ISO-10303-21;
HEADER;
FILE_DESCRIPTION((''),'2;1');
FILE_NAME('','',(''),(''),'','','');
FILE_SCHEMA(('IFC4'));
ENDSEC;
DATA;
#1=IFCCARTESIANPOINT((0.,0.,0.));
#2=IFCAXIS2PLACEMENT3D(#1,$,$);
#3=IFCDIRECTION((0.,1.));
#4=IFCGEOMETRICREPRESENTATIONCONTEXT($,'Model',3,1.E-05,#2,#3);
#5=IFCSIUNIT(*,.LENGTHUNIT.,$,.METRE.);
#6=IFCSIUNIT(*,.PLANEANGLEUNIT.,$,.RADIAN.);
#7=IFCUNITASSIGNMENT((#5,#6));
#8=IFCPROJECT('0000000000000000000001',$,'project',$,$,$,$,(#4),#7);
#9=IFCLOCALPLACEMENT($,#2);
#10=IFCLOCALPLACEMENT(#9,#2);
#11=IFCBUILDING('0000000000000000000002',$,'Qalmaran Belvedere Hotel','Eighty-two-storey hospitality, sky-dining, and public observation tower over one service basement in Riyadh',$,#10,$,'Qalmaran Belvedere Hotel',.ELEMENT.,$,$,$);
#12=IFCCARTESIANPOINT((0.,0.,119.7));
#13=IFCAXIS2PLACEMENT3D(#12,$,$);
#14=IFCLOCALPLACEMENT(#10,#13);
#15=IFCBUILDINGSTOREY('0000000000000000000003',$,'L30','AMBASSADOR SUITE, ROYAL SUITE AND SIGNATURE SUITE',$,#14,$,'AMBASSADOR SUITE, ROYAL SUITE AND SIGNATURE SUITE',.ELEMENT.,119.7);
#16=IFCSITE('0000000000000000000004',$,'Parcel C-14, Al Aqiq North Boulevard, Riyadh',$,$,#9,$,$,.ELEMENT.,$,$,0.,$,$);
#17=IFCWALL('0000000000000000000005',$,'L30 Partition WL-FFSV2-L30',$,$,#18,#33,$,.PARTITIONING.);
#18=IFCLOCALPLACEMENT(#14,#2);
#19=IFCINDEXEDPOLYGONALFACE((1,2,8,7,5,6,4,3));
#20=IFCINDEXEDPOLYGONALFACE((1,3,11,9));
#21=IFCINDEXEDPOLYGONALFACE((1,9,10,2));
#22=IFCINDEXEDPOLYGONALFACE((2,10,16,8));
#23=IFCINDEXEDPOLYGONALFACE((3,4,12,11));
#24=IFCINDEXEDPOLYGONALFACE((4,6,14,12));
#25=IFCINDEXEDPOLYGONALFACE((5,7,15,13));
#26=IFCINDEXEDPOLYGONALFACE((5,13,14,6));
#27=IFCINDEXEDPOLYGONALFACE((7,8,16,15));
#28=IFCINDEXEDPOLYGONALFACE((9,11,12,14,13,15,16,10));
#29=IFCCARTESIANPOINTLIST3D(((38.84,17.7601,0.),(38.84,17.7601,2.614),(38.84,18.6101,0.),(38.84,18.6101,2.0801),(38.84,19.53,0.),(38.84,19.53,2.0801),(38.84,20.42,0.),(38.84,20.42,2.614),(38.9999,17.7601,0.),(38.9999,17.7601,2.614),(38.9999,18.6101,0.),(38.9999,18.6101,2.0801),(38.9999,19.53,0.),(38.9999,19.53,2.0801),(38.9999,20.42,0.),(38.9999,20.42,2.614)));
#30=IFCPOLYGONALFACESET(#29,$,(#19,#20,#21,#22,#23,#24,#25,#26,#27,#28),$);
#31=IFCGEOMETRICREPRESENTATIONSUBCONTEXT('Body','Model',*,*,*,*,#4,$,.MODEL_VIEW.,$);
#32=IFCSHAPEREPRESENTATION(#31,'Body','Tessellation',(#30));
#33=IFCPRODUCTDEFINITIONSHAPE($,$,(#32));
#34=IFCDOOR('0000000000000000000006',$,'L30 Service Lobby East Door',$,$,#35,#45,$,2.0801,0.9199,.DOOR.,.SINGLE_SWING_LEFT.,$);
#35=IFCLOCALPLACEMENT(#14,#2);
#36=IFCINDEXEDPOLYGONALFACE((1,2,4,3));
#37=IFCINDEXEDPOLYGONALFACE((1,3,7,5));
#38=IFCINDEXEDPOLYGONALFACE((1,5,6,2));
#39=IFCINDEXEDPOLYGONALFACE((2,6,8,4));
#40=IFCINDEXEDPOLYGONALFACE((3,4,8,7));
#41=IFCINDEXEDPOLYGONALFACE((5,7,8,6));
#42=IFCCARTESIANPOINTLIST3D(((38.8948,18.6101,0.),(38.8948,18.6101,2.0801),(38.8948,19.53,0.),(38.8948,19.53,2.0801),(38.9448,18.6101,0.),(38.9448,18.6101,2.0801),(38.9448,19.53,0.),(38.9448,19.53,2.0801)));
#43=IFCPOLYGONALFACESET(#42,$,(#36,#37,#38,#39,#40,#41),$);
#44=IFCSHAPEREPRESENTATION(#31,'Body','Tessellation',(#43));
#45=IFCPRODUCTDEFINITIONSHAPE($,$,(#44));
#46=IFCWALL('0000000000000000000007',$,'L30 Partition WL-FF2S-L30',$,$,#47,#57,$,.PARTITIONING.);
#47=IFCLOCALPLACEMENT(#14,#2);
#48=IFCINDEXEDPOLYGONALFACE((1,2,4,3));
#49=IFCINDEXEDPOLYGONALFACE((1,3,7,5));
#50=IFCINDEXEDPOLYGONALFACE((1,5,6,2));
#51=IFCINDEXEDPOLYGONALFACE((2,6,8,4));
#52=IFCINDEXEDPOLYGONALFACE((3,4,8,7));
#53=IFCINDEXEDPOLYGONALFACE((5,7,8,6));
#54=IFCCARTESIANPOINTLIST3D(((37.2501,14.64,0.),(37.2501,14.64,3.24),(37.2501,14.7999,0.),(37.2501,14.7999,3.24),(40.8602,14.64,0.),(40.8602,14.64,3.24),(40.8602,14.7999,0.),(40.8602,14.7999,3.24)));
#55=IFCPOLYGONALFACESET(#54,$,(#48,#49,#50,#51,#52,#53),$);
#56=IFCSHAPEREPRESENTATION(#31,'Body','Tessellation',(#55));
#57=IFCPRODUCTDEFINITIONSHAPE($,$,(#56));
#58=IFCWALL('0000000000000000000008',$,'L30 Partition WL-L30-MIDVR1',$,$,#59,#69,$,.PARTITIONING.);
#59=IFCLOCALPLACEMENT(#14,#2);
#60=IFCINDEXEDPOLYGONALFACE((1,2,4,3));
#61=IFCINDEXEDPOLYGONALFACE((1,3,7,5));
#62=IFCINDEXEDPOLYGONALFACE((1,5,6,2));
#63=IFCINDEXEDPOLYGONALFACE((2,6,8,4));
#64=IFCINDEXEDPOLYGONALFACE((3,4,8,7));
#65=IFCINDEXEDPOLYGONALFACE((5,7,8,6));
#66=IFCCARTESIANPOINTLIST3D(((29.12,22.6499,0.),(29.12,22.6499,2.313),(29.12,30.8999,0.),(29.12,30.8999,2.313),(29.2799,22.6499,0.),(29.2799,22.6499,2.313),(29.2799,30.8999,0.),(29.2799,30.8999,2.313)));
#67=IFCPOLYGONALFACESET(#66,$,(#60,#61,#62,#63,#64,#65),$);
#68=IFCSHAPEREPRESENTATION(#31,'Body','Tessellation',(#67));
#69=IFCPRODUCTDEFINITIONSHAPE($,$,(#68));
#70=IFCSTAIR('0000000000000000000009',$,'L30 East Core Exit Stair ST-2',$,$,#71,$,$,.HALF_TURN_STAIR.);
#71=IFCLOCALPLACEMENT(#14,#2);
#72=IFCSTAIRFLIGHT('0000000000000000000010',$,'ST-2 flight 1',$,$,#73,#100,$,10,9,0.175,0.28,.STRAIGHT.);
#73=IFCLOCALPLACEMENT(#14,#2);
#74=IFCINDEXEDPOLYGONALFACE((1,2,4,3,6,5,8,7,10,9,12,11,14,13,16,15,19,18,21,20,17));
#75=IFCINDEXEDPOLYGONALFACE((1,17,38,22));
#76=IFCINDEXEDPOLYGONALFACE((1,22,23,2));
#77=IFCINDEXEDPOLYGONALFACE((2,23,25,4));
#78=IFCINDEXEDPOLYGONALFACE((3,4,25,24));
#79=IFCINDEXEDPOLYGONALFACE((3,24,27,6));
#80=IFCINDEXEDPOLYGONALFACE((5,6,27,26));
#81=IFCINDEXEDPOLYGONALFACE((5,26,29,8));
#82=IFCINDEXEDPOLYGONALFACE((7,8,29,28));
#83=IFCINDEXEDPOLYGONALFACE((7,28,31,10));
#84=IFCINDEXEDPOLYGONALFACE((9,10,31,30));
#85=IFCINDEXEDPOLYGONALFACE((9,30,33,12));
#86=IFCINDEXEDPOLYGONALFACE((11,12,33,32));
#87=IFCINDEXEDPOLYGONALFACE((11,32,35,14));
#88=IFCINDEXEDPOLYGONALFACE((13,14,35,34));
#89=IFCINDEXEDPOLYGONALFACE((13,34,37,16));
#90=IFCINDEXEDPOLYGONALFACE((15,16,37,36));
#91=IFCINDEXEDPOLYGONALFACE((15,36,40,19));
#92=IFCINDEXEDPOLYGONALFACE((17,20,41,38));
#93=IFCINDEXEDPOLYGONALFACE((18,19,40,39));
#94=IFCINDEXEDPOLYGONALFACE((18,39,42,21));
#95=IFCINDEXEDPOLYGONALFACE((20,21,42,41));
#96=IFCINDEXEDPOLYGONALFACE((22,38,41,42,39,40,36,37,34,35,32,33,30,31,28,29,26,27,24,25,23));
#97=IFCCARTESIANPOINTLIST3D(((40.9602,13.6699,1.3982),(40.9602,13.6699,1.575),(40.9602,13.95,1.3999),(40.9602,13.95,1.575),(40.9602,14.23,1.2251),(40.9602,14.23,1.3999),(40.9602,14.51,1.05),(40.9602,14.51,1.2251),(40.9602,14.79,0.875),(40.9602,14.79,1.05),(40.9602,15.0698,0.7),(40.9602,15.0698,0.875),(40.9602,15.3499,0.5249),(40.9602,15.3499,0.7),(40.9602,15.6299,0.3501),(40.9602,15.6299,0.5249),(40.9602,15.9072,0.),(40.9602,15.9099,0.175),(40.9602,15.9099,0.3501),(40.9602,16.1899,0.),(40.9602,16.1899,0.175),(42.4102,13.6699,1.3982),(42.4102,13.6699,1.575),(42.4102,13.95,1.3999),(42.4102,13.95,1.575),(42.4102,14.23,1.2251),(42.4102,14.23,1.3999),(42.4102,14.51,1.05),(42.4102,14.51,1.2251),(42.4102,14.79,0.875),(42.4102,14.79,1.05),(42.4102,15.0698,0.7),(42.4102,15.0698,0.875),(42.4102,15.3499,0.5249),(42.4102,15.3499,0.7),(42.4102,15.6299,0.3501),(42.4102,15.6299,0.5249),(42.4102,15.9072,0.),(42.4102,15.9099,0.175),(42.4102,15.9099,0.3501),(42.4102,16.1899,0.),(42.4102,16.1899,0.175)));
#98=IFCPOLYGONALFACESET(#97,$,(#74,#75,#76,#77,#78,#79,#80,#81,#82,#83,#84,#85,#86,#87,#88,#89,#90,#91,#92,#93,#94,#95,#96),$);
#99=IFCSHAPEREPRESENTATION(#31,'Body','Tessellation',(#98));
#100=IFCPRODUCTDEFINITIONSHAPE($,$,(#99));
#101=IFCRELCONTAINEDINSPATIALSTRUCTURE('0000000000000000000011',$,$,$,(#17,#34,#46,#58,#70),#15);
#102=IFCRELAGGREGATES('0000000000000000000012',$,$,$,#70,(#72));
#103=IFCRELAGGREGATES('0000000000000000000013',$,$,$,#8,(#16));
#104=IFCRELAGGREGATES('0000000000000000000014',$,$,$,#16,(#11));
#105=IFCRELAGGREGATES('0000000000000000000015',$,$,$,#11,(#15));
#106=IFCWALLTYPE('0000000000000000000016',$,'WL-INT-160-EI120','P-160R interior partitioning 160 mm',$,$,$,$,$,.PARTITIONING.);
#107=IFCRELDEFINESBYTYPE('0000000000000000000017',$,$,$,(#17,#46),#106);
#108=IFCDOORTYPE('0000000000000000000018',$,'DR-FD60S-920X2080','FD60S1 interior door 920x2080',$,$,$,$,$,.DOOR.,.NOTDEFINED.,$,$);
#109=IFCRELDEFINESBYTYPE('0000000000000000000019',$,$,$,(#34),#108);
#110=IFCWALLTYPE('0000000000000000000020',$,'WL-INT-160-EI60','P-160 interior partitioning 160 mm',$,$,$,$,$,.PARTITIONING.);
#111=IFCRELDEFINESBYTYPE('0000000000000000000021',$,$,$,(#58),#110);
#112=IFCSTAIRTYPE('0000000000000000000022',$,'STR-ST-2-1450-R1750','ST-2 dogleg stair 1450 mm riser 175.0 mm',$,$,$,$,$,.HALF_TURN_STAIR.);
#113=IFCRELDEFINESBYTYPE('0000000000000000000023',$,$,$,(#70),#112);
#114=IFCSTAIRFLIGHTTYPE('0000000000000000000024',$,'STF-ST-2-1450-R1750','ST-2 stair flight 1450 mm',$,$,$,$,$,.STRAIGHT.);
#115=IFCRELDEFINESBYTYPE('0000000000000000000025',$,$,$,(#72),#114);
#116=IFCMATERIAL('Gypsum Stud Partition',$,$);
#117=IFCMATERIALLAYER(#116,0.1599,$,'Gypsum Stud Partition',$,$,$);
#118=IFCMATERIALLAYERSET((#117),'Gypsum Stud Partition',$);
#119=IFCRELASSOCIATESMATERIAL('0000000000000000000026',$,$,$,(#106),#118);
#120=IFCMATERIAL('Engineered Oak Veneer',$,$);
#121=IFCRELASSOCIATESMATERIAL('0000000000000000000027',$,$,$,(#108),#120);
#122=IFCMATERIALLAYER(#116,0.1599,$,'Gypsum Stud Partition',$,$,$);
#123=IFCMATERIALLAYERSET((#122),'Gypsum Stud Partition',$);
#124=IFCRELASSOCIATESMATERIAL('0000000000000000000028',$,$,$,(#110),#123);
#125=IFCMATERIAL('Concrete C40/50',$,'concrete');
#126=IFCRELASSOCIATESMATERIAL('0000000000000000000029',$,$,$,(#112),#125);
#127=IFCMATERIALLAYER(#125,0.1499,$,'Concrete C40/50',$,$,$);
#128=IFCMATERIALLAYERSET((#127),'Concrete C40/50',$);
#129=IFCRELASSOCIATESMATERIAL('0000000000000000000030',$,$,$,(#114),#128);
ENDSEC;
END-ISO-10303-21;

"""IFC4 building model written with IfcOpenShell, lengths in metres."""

from ifc_helpers import new_model, si_unit, direction, frame, frame_2d, origin, place, context, subcontext, project, spatial, polyline, rectangle, outline, extrude, material, layer, layer_set, type_object, element, fill, aggregate, save


model = new_model("IFC4")

# Units and contexts
model_context = context("Model", 3, precision=1e-05, world=origin(), true_north=direction((0.0, 1.0)))
body_context = subcontext(model_context, "Body", "Model", "MODEL_VIEW")
ifc_project = project(units=[si_unit("LENGTHUNIT", "METRE"), si_unit("PLANEANGLEUNIT", "RADIAN")], contexts=[model_context])

# Site, building, storey
site_placement = place(None, origin())
site = spatial("IfcSite", under=ifc_project, at=site_placement, Name="Parcel C-14, Al Aqiq North Boulevard, Riyadh", CompositionType="ELEMENT", RefElevation=0.0)
building_placement = place(site_placement, origin())
building = spatial("IfcBuilding", under=site, at=building_placement, Name="Qalmaran Belvedere Hotel", Description="Eighty-two-storey hospitality, sky-dining, and public observation tower over one service basement in Riyadh", LongName="Qalmaran Belvedere Hotel", CompositionType="ELEMENT")
storey_placement = place(building_placement, frame((0.0, 0.0, 119.7)))
storey = spatial("IfcBuildingStorey", under=building, at=storey_placement, Name="L30", Description="AMBASSADOR SUITE, ROYAL SUITE AND SIGNATURE SUITE", LongName="AMBASSADOR SUITE, ROYAL SUITE AND SIGNATURE SUITE", CompositionType="ELEMENT", Elevation=119.7)

# Shared definitions
ifc_material_1 = material(Name="Gypsum Stud Partition")

# Wall, opening, door
ifc_layer_1 = layer(ifc_material_1, 0.1599, Name="Gypsum Stud Partition")
ifc_layer_set_1 = layer_set([ifc_layer_1], Name="Gypsum Stud Partition")
wall_type_1 = type_object("IfcWallType", Name="WL-INT-160-EI120", Description="P-160R interior partitioning 160 mm", PredefinedType="PARTITIONING", material=ifc_layer_set_1)
wall_1_placement = place(storey_placement, frame((38.9199, 17.76, 0.0), z_axis=(0.0, 0.0, 1.0), x_axis=(0.0, 1.0, 0.0)))
wall_1 = element("IfcWall", 1, at=wall_1_placement, inside=storey, type_object=wall_type_1, Name="L30 Partition WL-FFSV2-L30", PredefinedType="PARTITIONING", context=body_context, shape_type="SweptSolid", body=[
    extrude(rectangle(XDim=2.6599, YDim=0.1599, at=frame_2d((1.3301, 0.0))), origin(), (0.0, 0.0, 1.0), 2.614),
])
opening_1_placement = place(wall_1_placement, frame((1.77, 0.0, 0.0), z_axis=(0.0, 0.0, 1.0), x_axis=(-1.0, 0.0, 0.0)))
opening_1 = element("IfcOpeningElement", 2, at=opening_1_placement, cuts=wall_1, PredefinedType="OPENING", context=body_context, shape_type="SweptSolid", body=[
    extrude(rectangle(XDim=0.9199, YDim=2.0801, at=frame_2d((0.46, 1.04))), frame((0.0, 0.0898, 0.0), z_axis=(0.0, -1.0, 0.0), x_axis=(1.0, 0.0, 0.0)), (0.0, 0.0, 1.0), 0.1799),
])
ifc_material_2 = material(Name="Engineered Oak Veneer")
door_type_1 = type_object("IfcDoorType", Name="DR-FD60S-920X2080", Description="FD60S1 interior door 920x2080", OperationType="NOTDEFINED", PredefinedType="DOOR", material=ifc_material_2)
door_1_placement = place(opening_1_placement, origin())
door_1 = element("IfcDoor", 3, at=door_1_placement, inside=storey, type_object=door_type_1, Name="L30 Service Lobby East Door", OperationType="SINGLE_SWING_LEFT", OverallHeight=2.0801, OverallWidth=0.9199, PredefinedType="DOOR", context=body_context, shape_type="SweptSolid", body=[
    extrude(rectangle(XDim=0.9199, YDim=2.0801, at=frame_2d((0.46, 1.04))), frame((0.0, 0.0249, 0.0), z_axis=(0.0, -1.0, 0.0), x_axis=(1.0, 0.0, 0.0)), (0.0, 0.0, 1.0), 0.05),
])
fill(opening_1, door_1)

# Walls
wall_2_placement = place(storey_placement, frame((37.25, 14.72, 0.0), z_axis=(0.0, 0.0, 1.0), x_axis=(1.0, 0.0, 0.0)))
element("IfcWall", 4, at=wall_2_placement, inside=storey, type_object=wall_type_1, Name="L30 Partition WL-FF2S-L30", PredefinedType="PARTITIONING", context=body_context, shape_type="SweptSolid", body=[
    extrude(rectangle(XDim=3.6101, YDim=0.1599, at=frame_2d((1.8052, 0.0))), origin(), (0.0, 0.0, 1.0), 3.24),
])
ifc_layer_2 = layer(ifc_material_1, 0.1599, Name="Gypsum Stud Partition")
ifc_layer_set_2 = layer_set([ifc_layer_2], Name="Gypsum Stud Partition")
wall_type_2 = type_object("IfcWallType", Name="WL-INT-160-EI60", Description="P-160 interior partitioning 160 mm", PredefinedType="PARTITIONING", material=ifc_layer_set_2)
wall_3_placement = place(storey_placement, frame((29.2, 22.6499, 0.0), z_axis=(0.0, 0.0, 1.0), x_axis=(0.0, 1.0, 0.0)))
element("IfcWall", 5, at=wall_3_placement, inside=storey, type_object=wall_type_2, Name="L30 Partition WL-L30-MIDVR1", PredefinedType="PARTITIONING", context=body_context, shape_type="SweptSolid", body=[
    extrude(rectangle(XDim=8.25, YDim=0.1599, at=frame_2d((4.125, 0.0))), origin(), (0.0, 0.0, 1.0), 2.313),
])

# Stair, stair flight
ifc_material_3 = material(Name="Concrete C40/50", Category="concrete")
stair_type = type_object("IfcStairType", Name="STR-ST-2-1450-R1750", Description="ST-2 dogleg stair 1450 mm riser 175.0 mm", PredefinedType="HALF_TURN_STAIR", material=ifc_material_3)
stair_placement = place(storey_placement, origin())
stair = element("IfcStair", 6, at=stair_placement, inside=storey, type_object=stair_type, Name="L30 East Core Exit Stair ST-2", PredefinedType="HALF_TURN_STAIR")
ifc_layer_3 = layer(ifc_material_3, 0.1499, Name="Concrete C40/50")
ifc_layer_set_3 = layer_set([ifc_layer_3], Name="Concrete C40/50")
stair_flight_type = type_object("IfcStairFlightType", Name="STF-ST-2-1450-R1750", Description="ST-2 stair flight 1450 mm", PredefinedType="STRAIGHT", material=ifc_layer_set_3)
stair_flight_placement = place(storey_placement, frame((41.6851, 16.1899, 0.0), z_axis=(0.0, 0.0, 1.0), x_axis=(0.0, -1.0, 0.0)))
stair_flight = element("IfcStairFlight", 7, at=stair_flight_placement, type_object=stair_flight_type, Name="ST-2 flight 1", NumberOfRisers=10, NumberOfTreads=9, PredefinedType="STRAIGHT", RiserHeight=0.175, TreadLength=0.28, context=body_context, shape_type="SweptSolid", body=[
    extrude(outline(polyline([(0.0, 0.0), (0.0, 0.175), (0.28, 0.175), (0.28, 0.3501), (0.5601, 0.3501), (0.5601, 0.5249), (0.8401, 0.5249), (0.8401, 0.7), (1.1201, 0.7), (1.1201, 0.875), (1.3999, 0.875), (1.3999, 1.05), (1.6799, 1.05), (1.6799, 1.2251), (1.96, 1.2251), (1.96, 1.3999), (2.24, 1.3999), (2.24, 1.575), (2.52, 1.575), (2.52, 1.75), (2.52, 1.3982), (0.2827, 0.0), (0.0, 0.0)])), frame((0.0, 0.7251, 0.0), z_axis=(0.0, -1.0, 0.0), x_axis=(1.0, 0.0, 0.0)), (0.0, 0.0, 1.0), 1.45),
])
aggregate(stair, [stair_flight])

save(model, "model.ifc")
